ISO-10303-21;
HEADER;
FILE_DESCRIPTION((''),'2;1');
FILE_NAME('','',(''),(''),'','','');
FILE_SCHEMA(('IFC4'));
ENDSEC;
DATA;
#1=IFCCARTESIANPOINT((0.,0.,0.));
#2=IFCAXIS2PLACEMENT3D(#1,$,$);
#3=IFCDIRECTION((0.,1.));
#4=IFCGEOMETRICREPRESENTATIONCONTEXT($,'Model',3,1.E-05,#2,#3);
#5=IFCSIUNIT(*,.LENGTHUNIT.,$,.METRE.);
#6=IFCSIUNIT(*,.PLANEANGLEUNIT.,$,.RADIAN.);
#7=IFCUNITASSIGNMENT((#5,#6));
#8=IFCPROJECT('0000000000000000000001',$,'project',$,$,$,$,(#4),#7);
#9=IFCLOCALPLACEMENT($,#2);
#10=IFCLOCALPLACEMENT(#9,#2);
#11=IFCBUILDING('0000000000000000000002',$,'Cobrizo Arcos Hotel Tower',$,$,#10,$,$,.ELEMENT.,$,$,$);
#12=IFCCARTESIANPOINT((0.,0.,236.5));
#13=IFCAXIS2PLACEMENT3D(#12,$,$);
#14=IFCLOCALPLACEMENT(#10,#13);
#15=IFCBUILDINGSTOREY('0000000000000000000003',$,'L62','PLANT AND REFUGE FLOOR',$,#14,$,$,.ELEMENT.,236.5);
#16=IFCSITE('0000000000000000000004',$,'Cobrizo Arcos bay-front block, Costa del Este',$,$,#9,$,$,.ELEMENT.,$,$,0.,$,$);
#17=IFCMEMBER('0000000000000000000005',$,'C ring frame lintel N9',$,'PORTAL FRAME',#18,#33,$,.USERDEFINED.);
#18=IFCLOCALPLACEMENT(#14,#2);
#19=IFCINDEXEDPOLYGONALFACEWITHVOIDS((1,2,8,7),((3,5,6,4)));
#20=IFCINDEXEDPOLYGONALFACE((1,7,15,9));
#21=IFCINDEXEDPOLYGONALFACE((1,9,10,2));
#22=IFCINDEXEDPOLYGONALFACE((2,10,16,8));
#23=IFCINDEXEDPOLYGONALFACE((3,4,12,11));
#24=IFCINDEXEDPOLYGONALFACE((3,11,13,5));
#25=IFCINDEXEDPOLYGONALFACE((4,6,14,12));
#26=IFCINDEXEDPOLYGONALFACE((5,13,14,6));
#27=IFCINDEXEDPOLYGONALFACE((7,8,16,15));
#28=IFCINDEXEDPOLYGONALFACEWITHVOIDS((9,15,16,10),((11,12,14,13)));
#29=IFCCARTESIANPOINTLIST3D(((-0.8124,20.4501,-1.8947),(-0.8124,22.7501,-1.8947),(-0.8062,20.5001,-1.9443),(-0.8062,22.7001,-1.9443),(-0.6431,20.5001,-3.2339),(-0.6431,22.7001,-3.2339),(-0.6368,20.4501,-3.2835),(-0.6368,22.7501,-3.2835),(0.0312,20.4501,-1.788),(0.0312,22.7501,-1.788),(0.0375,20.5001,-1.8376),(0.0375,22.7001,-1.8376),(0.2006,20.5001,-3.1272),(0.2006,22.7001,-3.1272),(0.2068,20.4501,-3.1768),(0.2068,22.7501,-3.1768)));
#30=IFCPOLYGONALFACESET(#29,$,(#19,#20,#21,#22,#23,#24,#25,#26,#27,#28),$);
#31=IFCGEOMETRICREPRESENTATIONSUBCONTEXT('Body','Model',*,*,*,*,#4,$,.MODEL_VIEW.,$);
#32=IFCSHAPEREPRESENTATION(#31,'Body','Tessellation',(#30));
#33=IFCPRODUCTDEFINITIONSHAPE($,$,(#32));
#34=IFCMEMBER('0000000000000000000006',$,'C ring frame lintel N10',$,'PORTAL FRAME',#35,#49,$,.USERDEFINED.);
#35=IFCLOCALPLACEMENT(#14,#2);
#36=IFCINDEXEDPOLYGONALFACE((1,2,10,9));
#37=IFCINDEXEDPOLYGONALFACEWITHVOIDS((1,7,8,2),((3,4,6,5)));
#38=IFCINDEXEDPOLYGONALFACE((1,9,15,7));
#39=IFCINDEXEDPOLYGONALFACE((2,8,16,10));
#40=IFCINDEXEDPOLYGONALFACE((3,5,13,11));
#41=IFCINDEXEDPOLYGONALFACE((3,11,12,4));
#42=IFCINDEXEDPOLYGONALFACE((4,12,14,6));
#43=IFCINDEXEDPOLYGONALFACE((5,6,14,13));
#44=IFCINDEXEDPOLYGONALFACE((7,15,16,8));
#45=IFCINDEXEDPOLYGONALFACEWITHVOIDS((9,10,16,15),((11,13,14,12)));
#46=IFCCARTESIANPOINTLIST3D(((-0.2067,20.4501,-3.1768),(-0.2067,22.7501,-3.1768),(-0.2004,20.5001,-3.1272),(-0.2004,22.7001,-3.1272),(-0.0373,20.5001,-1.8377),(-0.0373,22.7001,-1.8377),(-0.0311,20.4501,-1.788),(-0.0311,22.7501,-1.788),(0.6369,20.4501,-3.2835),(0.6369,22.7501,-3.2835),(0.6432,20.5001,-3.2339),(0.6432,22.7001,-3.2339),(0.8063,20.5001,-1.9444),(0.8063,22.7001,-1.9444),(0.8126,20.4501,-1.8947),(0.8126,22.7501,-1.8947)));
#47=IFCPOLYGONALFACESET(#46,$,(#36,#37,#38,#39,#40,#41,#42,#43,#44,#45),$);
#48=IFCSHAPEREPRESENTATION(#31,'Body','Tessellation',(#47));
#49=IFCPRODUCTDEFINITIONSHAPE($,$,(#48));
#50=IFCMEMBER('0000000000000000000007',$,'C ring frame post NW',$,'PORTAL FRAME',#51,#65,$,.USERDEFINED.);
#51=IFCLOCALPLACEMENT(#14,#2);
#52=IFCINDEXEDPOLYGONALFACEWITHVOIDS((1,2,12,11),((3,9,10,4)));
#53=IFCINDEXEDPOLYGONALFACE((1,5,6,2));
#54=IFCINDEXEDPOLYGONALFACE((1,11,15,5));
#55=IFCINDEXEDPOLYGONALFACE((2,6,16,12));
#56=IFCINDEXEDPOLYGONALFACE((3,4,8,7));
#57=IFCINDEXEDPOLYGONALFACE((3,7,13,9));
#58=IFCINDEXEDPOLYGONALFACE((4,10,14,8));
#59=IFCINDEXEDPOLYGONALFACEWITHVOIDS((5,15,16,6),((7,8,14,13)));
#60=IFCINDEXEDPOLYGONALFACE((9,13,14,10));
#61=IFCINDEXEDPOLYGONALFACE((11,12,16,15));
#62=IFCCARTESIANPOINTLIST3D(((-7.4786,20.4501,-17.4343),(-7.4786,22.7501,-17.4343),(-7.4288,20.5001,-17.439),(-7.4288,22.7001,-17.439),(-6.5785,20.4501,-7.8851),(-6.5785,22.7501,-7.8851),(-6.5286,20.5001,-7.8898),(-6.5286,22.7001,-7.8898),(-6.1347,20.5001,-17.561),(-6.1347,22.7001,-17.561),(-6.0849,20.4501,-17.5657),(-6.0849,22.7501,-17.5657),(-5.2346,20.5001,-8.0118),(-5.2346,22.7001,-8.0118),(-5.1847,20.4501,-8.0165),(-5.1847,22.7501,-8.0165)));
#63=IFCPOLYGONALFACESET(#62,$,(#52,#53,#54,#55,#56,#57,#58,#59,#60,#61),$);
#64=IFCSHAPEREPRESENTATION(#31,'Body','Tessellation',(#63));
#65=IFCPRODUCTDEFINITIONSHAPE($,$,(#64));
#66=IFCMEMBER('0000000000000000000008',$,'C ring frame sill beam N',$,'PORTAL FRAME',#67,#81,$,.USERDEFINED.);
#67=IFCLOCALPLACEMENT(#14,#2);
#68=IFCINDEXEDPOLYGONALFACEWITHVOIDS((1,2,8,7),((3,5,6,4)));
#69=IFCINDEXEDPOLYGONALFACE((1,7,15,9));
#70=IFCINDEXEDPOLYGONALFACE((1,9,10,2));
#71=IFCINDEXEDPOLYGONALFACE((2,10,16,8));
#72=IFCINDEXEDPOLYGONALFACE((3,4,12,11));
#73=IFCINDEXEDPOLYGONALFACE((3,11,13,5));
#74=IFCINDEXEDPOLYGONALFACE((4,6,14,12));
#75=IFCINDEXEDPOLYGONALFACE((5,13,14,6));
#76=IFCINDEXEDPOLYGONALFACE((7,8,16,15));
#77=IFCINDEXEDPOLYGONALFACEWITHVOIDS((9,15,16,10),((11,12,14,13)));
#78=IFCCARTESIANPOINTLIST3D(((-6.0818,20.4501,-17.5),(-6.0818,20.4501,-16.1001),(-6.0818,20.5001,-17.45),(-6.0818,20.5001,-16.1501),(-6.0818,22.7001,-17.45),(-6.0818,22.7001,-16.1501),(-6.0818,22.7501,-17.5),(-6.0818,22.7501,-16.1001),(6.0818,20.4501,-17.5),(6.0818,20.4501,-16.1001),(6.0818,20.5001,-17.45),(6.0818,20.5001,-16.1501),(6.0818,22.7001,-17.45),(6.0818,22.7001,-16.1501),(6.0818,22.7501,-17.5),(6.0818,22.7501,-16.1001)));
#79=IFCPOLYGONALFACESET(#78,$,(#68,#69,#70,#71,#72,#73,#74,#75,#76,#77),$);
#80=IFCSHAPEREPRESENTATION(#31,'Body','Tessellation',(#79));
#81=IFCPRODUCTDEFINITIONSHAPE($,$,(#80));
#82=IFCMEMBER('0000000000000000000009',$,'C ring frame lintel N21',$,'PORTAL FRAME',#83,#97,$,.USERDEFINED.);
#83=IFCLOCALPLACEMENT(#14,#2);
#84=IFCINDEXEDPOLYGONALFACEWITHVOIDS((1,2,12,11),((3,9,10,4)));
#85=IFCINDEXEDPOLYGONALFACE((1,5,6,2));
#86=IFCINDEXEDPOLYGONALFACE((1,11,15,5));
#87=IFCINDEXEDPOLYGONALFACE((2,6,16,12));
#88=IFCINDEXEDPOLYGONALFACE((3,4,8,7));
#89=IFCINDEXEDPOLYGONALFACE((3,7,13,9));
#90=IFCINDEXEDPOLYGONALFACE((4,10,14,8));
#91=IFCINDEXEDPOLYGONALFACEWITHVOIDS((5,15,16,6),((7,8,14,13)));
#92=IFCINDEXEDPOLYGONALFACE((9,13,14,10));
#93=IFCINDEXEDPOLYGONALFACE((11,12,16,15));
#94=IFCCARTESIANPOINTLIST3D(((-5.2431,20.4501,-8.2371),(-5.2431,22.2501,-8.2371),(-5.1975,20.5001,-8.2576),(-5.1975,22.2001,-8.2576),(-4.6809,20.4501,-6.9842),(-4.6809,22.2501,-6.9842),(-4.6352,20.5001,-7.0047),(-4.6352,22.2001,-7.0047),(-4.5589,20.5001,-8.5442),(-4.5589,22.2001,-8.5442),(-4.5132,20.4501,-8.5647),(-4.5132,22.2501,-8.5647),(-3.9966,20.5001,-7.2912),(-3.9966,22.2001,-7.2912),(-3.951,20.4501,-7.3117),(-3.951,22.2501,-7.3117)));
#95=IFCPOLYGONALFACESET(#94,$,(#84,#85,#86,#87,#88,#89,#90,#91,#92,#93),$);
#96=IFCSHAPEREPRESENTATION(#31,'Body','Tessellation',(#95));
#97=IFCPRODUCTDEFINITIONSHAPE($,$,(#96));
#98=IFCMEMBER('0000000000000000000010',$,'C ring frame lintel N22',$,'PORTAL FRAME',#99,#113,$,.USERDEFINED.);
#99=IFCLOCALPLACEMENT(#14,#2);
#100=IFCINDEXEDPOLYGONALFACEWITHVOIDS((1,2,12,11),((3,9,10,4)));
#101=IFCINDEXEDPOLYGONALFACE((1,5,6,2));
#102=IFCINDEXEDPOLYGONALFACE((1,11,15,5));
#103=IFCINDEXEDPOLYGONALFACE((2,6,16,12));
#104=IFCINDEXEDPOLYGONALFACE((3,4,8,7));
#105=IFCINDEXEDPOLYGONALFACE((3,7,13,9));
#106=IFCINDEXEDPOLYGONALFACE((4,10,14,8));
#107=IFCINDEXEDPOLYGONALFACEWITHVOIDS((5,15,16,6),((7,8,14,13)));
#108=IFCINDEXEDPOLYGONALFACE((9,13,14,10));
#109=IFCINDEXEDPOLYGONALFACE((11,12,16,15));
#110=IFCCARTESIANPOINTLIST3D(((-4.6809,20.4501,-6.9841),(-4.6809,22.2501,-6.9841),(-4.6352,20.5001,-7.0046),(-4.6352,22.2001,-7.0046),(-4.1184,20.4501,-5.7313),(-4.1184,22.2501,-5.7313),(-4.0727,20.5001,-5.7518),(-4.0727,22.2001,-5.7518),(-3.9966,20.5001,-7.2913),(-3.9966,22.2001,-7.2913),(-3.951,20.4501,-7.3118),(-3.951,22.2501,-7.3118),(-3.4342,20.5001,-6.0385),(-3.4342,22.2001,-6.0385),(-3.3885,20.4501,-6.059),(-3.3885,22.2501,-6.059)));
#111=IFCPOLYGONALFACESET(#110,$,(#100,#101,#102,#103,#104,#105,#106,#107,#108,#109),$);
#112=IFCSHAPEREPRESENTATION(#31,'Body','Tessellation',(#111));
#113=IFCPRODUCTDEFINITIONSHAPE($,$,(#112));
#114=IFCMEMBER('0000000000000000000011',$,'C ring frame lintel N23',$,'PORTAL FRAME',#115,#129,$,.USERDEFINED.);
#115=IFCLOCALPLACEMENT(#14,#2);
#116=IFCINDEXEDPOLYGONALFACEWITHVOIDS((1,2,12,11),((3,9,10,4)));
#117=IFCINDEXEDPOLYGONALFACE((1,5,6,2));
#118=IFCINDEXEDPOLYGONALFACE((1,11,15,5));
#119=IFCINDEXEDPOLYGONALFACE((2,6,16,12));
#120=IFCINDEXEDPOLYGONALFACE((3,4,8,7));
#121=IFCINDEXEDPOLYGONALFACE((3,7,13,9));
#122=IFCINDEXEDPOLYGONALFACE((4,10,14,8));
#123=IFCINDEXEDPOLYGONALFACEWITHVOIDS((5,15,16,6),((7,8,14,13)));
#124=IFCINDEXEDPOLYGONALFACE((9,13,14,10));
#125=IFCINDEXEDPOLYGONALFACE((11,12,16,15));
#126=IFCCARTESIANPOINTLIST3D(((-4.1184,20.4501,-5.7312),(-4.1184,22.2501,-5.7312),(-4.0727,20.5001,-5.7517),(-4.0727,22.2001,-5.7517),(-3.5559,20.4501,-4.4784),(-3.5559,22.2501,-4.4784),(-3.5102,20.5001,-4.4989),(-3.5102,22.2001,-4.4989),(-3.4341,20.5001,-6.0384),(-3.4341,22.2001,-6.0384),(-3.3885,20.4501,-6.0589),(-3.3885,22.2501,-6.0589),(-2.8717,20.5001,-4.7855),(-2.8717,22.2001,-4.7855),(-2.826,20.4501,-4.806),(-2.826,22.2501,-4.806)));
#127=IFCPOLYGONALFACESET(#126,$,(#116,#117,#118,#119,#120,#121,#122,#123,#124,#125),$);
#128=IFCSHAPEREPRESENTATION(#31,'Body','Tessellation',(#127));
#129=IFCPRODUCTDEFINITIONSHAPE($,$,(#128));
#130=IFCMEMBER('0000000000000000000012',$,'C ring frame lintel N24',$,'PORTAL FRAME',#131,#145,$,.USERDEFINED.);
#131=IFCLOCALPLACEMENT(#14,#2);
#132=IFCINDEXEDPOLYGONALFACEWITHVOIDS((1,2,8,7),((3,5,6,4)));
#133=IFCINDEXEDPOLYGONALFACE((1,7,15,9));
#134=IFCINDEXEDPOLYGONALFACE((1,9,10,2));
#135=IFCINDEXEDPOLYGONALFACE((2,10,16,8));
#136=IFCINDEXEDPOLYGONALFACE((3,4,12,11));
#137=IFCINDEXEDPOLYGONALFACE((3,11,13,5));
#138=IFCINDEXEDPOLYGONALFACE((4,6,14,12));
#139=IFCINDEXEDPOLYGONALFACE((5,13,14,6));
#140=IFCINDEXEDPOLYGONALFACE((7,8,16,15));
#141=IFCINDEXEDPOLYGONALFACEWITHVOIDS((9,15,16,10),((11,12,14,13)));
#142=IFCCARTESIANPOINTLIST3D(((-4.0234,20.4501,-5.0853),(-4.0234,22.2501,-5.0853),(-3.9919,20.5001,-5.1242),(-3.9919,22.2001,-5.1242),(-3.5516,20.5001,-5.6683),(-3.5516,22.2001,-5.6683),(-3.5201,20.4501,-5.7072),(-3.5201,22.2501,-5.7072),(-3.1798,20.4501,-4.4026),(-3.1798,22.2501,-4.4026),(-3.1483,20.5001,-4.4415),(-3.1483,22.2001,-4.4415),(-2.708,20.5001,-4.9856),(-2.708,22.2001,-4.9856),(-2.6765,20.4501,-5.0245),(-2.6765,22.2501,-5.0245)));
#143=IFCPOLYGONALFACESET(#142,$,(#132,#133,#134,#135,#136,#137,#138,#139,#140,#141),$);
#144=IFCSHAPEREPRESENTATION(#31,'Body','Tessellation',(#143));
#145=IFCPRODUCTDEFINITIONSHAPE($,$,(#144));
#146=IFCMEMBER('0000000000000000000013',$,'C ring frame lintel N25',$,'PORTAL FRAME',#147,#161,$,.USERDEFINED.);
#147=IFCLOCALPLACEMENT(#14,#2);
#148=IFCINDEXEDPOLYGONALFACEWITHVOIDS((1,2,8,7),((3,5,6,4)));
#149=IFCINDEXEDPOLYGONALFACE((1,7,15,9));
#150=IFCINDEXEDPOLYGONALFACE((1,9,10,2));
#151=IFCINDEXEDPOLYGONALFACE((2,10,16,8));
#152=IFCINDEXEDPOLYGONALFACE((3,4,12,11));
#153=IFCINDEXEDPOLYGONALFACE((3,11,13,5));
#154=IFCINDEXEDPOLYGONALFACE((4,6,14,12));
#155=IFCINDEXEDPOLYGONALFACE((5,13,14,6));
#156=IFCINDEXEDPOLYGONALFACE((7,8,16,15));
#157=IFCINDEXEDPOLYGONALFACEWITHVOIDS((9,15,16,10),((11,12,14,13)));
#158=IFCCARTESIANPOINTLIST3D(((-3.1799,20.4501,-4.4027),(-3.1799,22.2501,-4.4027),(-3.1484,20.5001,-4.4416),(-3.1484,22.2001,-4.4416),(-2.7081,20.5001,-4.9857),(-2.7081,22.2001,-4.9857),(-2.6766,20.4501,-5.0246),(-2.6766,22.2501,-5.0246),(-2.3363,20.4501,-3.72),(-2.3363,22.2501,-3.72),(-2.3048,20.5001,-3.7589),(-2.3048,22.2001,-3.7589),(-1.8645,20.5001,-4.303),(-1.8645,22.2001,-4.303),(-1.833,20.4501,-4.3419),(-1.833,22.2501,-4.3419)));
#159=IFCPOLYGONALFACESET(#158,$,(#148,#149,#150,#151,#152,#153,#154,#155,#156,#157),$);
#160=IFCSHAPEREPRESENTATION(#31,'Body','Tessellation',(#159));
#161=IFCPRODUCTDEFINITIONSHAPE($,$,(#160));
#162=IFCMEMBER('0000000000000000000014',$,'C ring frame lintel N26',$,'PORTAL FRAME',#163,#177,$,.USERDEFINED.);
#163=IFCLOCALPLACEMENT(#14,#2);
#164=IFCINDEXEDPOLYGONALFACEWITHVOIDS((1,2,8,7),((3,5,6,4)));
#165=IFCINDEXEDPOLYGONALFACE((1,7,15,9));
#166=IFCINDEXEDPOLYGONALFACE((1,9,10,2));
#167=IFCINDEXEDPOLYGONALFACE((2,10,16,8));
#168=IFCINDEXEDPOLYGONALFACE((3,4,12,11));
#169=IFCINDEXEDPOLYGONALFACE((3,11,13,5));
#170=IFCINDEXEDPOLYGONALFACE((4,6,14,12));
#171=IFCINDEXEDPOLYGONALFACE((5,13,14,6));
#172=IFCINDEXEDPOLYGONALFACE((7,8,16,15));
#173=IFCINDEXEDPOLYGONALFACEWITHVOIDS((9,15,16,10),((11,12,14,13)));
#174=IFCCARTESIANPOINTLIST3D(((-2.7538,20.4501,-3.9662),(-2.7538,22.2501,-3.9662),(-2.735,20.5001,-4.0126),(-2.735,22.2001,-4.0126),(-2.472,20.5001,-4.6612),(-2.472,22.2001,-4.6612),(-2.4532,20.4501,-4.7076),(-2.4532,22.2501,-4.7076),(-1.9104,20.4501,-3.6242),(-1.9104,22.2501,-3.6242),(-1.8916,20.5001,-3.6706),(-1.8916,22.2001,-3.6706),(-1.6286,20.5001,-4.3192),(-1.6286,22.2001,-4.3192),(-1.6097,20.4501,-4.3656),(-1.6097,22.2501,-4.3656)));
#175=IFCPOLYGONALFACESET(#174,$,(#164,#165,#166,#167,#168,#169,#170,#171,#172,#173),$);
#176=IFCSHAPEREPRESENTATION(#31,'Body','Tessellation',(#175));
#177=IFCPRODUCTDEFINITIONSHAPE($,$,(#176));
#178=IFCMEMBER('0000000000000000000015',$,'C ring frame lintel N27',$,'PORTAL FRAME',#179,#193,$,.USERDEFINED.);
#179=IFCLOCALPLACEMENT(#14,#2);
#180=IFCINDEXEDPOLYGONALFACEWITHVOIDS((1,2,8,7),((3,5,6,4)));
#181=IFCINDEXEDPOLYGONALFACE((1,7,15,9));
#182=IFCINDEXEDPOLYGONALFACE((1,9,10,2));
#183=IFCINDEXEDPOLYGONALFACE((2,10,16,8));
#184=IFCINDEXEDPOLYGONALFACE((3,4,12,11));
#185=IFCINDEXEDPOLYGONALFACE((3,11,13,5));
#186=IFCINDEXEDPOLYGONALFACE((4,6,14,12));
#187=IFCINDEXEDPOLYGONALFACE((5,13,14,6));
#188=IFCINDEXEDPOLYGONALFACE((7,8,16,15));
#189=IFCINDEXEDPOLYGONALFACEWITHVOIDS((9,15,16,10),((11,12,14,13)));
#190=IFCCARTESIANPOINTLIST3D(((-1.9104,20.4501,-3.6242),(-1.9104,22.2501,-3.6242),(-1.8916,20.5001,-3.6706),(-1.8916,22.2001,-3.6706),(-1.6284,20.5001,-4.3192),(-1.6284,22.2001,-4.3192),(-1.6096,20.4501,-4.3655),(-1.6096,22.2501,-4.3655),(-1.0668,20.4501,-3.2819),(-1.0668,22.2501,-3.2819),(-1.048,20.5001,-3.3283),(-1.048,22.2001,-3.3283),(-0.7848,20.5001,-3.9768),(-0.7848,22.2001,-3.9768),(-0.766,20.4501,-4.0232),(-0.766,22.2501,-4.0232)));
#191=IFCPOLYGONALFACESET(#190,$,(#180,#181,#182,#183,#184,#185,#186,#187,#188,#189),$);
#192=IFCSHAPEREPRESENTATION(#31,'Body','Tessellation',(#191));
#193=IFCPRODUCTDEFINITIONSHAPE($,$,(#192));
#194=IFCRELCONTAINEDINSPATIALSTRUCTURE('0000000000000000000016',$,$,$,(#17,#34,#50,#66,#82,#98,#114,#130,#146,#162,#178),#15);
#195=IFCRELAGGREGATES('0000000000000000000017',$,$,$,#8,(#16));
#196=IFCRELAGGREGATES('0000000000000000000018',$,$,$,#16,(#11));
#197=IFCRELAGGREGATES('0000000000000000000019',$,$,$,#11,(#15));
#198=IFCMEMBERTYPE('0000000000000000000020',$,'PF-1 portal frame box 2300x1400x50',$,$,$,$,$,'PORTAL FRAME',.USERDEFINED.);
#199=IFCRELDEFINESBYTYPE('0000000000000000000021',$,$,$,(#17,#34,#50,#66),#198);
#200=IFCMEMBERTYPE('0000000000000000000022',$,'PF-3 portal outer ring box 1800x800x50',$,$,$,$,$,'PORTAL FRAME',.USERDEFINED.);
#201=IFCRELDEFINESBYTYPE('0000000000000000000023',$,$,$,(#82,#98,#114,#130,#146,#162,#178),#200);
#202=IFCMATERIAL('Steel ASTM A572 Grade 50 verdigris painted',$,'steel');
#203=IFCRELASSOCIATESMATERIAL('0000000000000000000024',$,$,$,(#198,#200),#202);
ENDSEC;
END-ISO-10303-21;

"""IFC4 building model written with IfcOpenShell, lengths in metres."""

from ifc_helpers import new_model, si_unit, direction, frame, origin, origin_2d, place, context, subcontext, project, spatial, hollow_rectangle, extrude, material, material_profile, profile_set, type_object, element, save


model = new_model("IFC4")

# Units and contexts
model_context = context("Model", 3, precision=1e-05, world=origin(), true_north=direction((0.0, 1.0)))
body_context = subcontext(model_context, "Body", "Model", "MODEL_VIEW")
ifc_project = project(units=[si_unit("LENGTHUNIT", "METRE"), si_unit("PLANEANGLEUNIT", "RADIAN")], contexts=[model_context])

# Site, building, storey
site_placement = place(None, origin())
site = spatial("IfcSite", under=ifc_project, at=site_placement, Name="Cobrizo Arcos bay-front block, Costa del Este", CompositionType="ELEMENT", RefElevation=0.0)
building_placement = place(site_placement, origin())
building = spatial("IfcBuilding", under=site, at=building_placement, Name="Cobrizo Arcos Hotel Tower", CompositionType="ELEMENT")
storey_placement = place(building_placement, frame((0.0, 0.0, 236.5)))
storey = spatial("IfcBuildingStorey", under=building, at=storey_placement, Name="L62", Description="PLANT AND REFUGE FLOOR", CompositionType="ELEMENT", Elevation=236.5)

# Members
ifc_material_1 = material(Name="Steel ASTM A572 Grade 50 verdigris painted", Category="steel")
ifc_material_profile_1 = material_profile(ifc_material_1, hollow_rectangle(XDim=2.3, YDim=1.3999, WallThickness=0.05, at=origin_2d()), Name="PF-1 portal frame box 2300x1400x50")
ifc_profile_set_1 = profile_set([ifc_material_profile_1], Name="Steel ASTM A572 Grade 50 verdigris painted")
member_type_1 = type_object("IfcMemberType", Name="PF-1 portal frame box 2300x1400x50", ElementType="PORTAL FRAME", PredefinedType="USERDEFINED", material=ifc_profile_set_1)
for number, where, z_axis, x_axis, name in (
    (1, (-0.7246, 21.6001, -2.5891), (0.992096, 0.0, 0.125484), (0.0, 1.0, 0.0), "C ring frame lintel N9"),
    (2, (-0.1189, 21.6001, -2.4824), (0.992096, 0.0, -0.125484), (0.0, 1.0, 0.0), "C ring frame lintel N10"),
):
    element("IfcMember", number, at=place(storey_placement, frame(where, z_axis=z_axis, x_axis=x_axis)), inside=storey, type_object=member_type_1, Name=name, ObjectType="PORTAL FRAME", PredefinedType="USERDEFINED", context=body_context, shape_type="SweptSolid", body=[
        extrude(hollow_rectangle(XDim=2.3, YDim=1.3999, WallThickness=0.05, at=origin_2d()), origin(), (0.0, 0.0, 1.0), 0.8503),
    ])
member_1_placement = place(storey_placement, frame((-6.7817, 21.6001, -17.5), z_axis=(0.093847, 0.0, 0.995587), x_axis=(0.0, 1.0, 0.0)))
element("IfcMember", 3, at=member_1_placement, inside=storey, type_object=member_type_1, Name="C ring frame post NW", ObjectType="PORTAL FRAME", PredefinedType="USERDEFINED", context=body_context, shape_type="SweptSolid", body=[
    extrude(hollow_rectangle(XDim=2.3, YDim=1.3999, WallThickness=0.05, at=origin_2d()), origin(), (0.0, 0.0, 1.0), 9.5916),
])
member_2_placement = place(storey_placement, frame((-6.0818, 21.6001, -16.8), z_axis=(1.0, 0.0, 0.0), x_axis=(0.0, 1.0, 0.0)))
element("IfcMember", 4, at=member_2_placement, inside=storey, type_object=member_type_1, Name="C ring frame sill beam N", ObjectType="PORTAL FRAME", PredefinedType="USERDEFINED", context=body_context, shape_type="SweptSolid", body=[
    extrude(hollow_rectangle(XDim=2.3, YDim=1.3999, WallThickness=0.05, at=origin_2d()), origin(), (0.0, 0.0, 1.0), 12.1636),
])
ifc_material_profile_2 = material_profile(ifc_material_1, hollow_rectangle(XDim=1.8, YDim=0.8, WallThickness=0.05, at=origin_2d()), Name="PF-3 portal outer ring box 1800x800x50")
ifc_profile_set_2 = profile_set([ifc_material_profile_2], Name="Steel ASTM A572 Grade 50 verdigris painted")
member_type_2 = type_object("IfcMemberType", Name="PF-3 portal outer ring box 1800x800x50", ElementType="PORTAL FRAME", PredefinedType="USERDEFINED", material=ifc_profile_set_2)
for number, where, z_axis, x_axis, name in (
    (5, (-4.8782, 21.3501, -8.4009), (0.409418, 0.0, 0.912347), (0.0, 1.0, 0.0), "C ring frame lintel N21"),
    (6, (-4.3159, 21.3501, -7.1479), (0.409566, 0.0, 0.91228), (0.0, 1.0, 0.0), "C ring frame lintel N22"),
    (7, (-3.7534, 21.3501, -5.895), (0.409566, 0.0, 0.91228), (0.0, 1.0, 0.0), "C ring frame lintel N23"),
):
    element("IfcMember", number, at=place(storey_placement, frame(where, z_axis=z_axis, x_axis=x_axis)), inside=storey, type_object=member_type_2, Name=name, ObjectType="PORTAL FRAME", PredefinedType="USERDEFINED", context=body_context, shape_type="SweptSolid", body=[
        extrude(hollow_rectangle(XDim=1.8, YDim=0.8, WallThickness=0.05, at=origin_2d()), origin(), (0.0, 0.0, 1.0), 1.3733),
    ])
for number, where, z_axis, x_axis, name in (
    (8, (-3.7717, 21.3501, -5.3962), (0.777344, 0.0, 0.629075), (0.0, 1.0, 0.0), "C ring frame lintel N24"),
    (9, (-2.9282, 21.3501, -4.7136), (0.777344, 0.0, 0.629075), (0.0, 1.0, 0.0), "C ring frame lintel N25"),
):
    element("IfcMember", number, at=place(storey_placement, frame(where, z_axis=z_axis, x_axis=x_axis)), inside=storey, type_object=member_type_2, Name=name, ObjectType="PORTAL FRAME", PredefinedType="USERDEFINED", context=body_context, shape_type="SweptSolid", body=[
        extrude(hollow_rectangle(XDim=1.8, YDim=0.8, WallThickness=0.05, at=origin_2d()), origin(), (0.0, 0.0, 1.0), 1.0852),
    ])
member_3_placement = place(storey_placement, frame((-2.6035, 21.3501, -4.3369), z_axis=(0.926709, 0.0, 0.37578), x_axis=(0.0, 1.0, 0.0)))
element("IfcMember", 10, at=member_3_placement, inside=storey, type_object=member_type_2, Name="C ring frame lintel N26", ObjectType="PORTAL FRAME", PredefinedType="USERDEFINED", context=body_context, shape_type="SweptSolid", body=[
    extrude(hollow_rectangle(XDim=1.8, YDim=0.8, WallThickness=0.05, at=origin_2d()), origin(), (0.0, 0.0, 1.0), 0.9102),
])
member_4_placement = place(storey_placement, frame((-1.76, 21.3501, -3.9949), z_axis=(0.926616, 0.0, 0.37601), x_axis=(0.0, 1.0, 0.0)))
element("IfcMember", 11, at=member_4_placement, inside=storey, type_object=member_type_2, Name="C ring frame lintel N27", ObjectType="PORTAL FRAME", PredefinedType="USERDEFINED", context=body_context, shape_type="SweptSolid", body=[
    extrude(hollow_rectangle(XDim=1.8, YDim=0.8, WallThickness=0.05, at=origin_2d()), origin(), (0.0, 0.0, 1.0), 0.9104),
])

save(model, "model.ifc")
